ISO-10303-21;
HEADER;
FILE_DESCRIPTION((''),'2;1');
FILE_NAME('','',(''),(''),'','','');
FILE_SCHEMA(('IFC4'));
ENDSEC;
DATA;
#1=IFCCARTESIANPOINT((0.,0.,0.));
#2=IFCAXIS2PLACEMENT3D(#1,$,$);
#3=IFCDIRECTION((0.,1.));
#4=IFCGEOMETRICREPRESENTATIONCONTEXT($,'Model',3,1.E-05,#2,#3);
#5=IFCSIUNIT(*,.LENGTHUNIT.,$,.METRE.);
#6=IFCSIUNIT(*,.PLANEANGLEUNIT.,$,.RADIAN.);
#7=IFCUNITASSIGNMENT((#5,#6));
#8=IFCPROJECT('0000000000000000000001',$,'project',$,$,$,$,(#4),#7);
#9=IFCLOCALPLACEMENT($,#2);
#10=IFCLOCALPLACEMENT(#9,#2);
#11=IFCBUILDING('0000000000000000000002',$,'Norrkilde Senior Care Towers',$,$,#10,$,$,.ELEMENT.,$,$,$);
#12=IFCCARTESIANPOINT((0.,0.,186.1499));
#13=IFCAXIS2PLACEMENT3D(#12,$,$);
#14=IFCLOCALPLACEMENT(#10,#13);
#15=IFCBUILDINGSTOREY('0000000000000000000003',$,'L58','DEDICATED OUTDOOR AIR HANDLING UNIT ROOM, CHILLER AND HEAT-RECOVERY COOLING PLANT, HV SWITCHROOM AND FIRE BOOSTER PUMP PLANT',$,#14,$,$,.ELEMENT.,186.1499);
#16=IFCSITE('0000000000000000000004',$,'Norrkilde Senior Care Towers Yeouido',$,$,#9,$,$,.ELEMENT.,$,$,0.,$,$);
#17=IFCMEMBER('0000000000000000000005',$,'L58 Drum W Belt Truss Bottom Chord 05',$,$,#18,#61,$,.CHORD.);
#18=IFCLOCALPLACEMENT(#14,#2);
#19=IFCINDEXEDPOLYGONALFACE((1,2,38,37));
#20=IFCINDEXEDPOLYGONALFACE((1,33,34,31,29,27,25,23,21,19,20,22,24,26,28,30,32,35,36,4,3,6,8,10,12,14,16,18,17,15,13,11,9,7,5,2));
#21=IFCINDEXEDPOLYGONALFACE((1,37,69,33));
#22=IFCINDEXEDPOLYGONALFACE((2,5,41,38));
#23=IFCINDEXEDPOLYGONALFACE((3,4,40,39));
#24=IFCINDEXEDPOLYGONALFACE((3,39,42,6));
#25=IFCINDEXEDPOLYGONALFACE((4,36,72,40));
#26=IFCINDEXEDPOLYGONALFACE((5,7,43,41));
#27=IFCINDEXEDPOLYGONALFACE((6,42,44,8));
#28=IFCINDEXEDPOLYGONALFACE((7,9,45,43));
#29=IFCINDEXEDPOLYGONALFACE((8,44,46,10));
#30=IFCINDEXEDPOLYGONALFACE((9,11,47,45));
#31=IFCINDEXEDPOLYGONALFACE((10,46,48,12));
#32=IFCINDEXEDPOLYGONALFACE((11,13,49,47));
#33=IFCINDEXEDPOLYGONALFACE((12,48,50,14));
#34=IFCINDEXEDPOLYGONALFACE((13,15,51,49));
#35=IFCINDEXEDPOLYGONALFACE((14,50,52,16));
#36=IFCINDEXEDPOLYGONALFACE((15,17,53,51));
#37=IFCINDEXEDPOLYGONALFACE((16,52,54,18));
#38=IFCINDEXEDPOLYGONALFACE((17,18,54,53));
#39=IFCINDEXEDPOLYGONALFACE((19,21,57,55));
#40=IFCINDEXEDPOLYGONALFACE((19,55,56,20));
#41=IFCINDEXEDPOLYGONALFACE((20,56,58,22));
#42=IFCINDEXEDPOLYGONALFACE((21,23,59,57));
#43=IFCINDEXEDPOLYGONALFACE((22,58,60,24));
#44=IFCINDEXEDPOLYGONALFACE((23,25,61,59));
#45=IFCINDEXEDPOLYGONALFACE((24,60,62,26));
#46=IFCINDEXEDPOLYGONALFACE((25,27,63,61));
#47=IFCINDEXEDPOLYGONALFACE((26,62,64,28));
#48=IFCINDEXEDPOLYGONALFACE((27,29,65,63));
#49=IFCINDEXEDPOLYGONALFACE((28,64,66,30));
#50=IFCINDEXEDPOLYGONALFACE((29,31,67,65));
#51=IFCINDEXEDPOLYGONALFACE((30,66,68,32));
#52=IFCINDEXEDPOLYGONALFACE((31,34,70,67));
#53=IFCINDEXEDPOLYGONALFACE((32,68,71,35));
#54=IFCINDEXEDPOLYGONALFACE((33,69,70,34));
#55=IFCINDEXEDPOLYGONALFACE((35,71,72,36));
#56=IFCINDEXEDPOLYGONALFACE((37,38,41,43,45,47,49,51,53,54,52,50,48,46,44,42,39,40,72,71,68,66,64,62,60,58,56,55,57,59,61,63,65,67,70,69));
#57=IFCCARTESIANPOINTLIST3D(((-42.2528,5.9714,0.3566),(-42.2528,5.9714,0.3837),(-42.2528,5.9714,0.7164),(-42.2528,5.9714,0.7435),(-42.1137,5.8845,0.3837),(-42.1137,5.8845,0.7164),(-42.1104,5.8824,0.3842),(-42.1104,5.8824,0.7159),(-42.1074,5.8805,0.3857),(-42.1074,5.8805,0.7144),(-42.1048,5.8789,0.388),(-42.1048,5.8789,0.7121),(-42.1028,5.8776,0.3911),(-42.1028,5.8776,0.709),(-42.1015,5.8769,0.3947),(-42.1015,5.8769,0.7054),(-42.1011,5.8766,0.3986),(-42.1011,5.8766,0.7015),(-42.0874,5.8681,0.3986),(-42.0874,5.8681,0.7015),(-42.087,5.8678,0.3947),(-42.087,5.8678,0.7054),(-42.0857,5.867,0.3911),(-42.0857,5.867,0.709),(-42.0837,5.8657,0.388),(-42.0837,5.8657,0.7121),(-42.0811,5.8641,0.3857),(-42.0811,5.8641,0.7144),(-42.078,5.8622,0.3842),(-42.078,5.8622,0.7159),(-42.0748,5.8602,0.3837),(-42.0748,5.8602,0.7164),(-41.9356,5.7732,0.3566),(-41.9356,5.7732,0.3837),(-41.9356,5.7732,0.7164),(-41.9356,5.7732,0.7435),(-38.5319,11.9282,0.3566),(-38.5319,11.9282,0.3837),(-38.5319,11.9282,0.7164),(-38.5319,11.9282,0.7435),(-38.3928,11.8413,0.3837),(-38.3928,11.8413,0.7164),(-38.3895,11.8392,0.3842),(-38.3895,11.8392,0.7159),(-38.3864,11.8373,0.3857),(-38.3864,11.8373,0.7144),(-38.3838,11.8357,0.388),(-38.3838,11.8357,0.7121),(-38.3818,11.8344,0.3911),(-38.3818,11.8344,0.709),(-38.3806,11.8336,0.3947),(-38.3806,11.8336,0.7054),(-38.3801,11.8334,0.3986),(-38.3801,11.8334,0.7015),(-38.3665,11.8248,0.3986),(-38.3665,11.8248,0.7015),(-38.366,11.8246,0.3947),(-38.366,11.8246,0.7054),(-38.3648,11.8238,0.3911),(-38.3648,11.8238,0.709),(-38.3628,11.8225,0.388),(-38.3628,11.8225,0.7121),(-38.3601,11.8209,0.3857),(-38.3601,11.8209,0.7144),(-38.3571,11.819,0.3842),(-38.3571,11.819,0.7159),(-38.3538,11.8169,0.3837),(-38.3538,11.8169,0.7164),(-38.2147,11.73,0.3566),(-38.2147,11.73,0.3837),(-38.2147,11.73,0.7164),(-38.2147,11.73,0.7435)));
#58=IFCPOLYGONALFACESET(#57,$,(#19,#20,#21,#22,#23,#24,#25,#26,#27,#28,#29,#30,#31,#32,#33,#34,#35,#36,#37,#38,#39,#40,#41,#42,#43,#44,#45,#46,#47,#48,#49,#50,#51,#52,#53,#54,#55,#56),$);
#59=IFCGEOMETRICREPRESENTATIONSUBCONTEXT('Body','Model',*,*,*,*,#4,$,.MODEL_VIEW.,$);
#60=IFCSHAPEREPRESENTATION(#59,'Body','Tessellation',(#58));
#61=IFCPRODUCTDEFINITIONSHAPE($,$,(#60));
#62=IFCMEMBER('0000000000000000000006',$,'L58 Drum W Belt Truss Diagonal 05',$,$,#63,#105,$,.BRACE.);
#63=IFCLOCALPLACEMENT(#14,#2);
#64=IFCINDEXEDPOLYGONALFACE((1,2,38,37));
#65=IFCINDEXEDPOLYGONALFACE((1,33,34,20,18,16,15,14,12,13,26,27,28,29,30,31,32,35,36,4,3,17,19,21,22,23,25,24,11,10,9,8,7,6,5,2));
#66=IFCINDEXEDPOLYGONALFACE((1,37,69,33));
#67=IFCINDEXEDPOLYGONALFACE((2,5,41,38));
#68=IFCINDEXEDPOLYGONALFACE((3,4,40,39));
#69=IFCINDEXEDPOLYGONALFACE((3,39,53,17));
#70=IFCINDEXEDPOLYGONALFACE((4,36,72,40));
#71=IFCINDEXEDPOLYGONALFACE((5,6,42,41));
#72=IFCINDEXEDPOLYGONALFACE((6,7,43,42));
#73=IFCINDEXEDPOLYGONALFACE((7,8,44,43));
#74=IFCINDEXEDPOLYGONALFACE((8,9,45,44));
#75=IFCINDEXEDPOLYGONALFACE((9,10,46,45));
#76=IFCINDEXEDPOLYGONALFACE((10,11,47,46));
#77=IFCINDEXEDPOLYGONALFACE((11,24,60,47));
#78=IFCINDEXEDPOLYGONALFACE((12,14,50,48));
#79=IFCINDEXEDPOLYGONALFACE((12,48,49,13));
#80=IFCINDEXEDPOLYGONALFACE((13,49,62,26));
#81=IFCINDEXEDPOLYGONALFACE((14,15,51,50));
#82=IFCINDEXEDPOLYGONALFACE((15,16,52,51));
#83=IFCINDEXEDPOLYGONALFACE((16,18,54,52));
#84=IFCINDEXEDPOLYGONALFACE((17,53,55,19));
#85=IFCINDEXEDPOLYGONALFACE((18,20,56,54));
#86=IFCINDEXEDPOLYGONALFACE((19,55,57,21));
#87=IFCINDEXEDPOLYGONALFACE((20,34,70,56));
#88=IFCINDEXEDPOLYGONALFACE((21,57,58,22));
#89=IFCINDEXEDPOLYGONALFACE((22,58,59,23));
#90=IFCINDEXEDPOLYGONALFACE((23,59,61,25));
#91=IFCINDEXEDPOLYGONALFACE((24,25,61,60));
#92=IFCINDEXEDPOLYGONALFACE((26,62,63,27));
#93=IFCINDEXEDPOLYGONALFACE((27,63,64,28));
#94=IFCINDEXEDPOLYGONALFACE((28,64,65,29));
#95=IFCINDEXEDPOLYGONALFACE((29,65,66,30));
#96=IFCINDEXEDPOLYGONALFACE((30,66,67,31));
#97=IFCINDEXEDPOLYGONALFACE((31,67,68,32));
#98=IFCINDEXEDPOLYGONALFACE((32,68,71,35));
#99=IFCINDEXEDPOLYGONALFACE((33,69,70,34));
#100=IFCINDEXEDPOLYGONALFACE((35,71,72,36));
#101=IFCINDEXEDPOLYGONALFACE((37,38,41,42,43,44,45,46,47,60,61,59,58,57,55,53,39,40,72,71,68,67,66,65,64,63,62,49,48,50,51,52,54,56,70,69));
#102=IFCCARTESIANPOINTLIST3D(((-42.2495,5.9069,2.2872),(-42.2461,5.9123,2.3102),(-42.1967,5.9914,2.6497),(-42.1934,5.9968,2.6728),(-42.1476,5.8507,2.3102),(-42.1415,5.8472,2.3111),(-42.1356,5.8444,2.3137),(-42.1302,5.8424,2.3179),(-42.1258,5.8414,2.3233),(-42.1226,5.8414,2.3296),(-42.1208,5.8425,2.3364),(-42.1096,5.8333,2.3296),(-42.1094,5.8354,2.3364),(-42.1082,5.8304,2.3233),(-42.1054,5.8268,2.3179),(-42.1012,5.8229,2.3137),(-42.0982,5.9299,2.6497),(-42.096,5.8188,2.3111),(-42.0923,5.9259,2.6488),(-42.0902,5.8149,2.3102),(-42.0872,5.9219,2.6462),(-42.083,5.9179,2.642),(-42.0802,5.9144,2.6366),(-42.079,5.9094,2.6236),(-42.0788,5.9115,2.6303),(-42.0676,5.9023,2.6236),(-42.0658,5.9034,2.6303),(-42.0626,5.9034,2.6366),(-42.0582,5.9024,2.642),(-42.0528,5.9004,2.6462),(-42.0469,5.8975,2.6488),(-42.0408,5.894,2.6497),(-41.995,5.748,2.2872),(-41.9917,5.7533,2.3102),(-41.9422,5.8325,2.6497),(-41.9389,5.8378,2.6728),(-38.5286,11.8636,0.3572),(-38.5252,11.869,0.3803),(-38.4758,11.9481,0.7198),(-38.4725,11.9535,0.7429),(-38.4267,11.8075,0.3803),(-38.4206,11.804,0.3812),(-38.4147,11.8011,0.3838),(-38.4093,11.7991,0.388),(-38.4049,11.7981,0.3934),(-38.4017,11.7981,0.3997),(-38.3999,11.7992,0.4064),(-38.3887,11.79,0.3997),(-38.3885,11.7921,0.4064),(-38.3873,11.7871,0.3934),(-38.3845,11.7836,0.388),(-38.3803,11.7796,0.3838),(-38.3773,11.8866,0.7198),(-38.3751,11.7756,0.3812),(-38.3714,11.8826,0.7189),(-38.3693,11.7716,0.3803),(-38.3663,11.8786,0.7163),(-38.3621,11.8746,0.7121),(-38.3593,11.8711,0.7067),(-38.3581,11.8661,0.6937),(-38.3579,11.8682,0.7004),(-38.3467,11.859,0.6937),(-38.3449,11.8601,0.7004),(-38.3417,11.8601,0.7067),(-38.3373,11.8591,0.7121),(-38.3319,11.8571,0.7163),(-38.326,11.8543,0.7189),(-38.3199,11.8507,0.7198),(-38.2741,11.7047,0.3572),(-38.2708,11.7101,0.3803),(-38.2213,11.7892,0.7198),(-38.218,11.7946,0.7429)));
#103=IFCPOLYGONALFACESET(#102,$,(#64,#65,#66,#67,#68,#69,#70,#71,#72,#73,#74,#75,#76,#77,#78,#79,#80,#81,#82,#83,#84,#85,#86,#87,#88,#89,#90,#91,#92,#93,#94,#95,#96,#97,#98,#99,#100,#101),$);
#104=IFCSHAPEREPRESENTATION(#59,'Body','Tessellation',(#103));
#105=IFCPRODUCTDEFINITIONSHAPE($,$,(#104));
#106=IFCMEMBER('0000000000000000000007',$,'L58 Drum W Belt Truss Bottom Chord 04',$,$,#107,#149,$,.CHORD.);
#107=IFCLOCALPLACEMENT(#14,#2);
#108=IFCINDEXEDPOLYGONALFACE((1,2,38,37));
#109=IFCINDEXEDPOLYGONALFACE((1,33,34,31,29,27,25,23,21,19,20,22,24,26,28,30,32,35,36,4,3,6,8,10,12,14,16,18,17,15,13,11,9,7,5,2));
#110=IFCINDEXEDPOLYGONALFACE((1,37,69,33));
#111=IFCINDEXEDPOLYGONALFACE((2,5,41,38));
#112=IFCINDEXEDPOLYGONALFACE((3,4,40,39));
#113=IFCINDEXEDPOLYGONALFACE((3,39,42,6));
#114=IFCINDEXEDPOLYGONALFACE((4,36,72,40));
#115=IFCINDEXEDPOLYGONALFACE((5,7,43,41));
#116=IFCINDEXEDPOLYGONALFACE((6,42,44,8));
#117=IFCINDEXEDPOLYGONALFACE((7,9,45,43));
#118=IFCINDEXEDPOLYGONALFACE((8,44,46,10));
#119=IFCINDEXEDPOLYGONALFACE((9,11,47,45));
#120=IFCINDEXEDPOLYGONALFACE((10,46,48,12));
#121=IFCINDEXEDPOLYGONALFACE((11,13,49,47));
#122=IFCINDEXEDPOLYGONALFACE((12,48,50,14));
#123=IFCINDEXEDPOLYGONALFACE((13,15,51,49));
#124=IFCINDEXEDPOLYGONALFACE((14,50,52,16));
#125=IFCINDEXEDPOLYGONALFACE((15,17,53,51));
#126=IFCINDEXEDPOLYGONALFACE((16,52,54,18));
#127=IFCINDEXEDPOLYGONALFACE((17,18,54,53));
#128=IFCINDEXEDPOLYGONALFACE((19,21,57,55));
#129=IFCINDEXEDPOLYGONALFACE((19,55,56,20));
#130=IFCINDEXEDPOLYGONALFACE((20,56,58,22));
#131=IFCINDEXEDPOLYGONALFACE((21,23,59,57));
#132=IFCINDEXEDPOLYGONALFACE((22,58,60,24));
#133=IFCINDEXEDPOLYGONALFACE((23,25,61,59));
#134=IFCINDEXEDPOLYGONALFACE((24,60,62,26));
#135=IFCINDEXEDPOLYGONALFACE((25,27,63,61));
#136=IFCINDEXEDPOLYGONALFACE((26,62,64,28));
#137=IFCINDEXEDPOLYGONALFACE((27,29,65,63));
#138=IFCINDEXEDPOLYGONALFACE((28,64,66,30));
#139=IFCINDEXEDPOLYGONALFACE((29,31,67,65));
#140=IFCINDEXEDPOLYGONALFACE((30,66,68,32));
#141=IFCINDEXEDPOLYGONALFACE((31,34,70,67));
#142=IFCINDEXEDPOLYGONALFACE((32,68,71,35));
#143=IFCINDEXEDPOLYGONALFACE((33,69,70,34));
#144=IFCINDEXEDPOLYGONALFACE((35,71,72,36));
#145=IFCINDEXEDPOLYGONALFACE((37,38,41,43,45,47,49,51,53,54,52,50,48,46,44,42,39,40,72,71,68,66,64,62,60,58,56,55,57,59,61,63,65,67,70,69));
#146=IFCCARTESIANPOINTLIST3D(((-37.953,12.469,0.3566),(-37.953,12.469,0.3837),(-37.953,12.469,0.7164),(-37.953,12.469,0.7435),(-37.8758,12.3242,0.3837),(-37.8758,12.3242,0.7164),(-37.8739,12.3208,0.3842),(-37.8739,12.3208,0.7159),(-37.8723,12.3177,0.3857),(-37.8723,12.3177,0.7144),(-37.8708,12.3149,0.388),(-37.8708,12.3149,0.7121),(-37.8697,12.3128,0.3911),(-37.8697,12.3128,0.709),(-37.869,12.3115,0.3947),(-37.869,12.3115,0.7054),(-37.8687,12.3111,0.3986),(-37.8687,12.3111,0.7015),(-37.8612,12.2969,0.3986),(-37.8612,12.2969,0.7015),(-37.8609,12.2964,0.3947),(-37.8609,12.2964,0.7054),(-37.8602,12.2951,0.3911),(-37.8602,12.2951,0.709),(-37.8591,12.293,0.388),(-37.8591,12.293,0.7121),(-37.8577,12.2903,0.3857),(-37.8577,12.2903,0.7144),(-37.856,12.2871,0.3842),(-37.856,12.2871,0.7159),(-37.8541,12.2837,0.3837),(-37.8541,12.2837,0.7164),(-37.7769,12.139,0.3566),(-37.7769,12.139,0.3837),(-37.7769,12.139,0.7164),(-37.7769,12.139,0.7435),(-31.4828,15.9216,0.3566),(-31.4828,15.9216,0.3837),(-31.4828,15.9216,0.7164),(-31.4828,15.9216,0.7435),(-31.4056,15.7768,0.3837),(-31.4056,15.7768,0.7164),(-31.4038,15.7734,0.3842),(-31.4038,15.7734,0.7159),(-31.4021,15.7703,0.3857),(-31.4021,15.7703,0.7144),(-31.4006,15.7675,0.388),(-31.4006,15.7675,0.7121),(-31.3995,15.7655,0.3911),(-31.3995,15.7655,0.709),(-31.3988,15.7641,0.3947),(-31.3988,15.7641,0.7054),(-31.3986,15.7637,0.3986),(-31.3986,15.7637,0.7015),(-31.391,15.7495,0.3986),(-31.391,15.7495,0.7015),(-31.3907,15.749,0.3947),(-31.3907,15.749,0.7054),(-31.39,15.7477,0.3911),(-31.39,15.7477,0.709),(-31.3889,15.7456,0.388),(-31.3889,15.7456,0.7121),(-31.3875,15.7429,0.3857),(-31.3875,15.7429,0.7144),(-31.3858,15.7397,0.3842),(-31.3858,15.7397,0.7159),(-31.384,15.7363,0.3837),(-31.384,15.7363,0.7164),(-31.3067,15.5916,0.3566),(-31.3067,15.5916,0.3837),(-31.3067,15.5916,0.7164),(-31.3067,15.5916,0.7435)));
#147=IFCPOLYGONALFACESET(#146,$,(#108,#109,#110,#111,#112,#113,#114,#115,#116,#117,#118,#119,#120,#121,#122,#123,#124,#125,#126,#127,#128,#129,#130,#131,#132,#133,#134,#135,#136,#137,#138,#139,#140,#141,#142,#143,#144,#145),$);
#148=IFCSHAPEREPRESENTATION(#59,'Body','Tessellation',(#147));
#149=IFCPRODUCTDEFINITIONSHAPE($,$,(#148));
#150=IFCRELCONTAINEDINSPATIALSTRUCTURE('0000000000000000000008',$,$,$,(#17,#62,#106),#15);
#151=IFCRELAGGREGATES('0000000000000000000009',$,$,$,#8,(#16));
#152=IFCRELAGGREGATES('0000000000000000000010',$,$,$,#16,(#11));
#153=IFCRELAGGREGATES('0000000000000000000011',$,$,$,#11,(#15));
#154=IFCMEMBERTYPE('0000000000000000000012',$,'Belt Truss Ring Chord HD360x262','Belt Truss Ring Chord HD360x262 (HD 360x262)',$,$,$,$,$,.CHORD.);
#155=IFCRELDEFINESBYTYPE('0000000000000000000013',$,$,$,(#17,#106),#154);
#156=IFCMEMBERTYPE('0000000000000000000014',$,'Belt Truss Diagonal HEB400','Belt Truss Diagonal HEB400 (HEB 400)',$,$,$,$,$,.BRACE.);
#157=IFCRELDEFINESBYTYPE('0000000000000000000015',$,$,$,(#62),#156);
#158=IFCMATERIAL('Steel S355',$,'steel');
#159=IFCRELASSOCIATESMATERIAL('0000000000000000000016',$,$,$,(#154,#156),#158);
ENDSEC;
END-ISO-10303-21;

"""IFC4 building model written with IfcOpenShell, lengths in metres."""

from ifc_helpers import new_model, si_unit, direction, frame, origin, origin_2d, place, context, subcontext, project, spatial, i_section, extrude, source, transform, mapped, material, material_profile, profile_set, type_object, type_shapes, element, save


model = new_model("IFC4")

# Units and contexts
model_context = context("Model", 3, precision=1e-05, world=origin(), true_north=direction((0.0, 1.0)))
body_context = subcontext(model_context, "Body", "Model", "MODEL_VIEW")
ifc_project = project(units=[si_unit("LENGTHUNIT", "METRE"), si_unit("PLANEANGLEUNIT", "RADIAN")], contexts=[model_context])

# Site, building, storey
site_placement = place(None, origin())
site = spatial("IfcSite", under=ifc_project, at=site_placement, Name="Norrkilde Senior Care Towers Yeouido", CompositionType="ELEMENT", RefElevation=0.0)
building_placement = place(site_placement, origin())
building = spatial("IfcBuilding", under=site, at=building_placement, Name="Norrkilde Senior Care Towers", CompositionType="ELEMENT")
storey_placement = place(building_placement, frame((0.0, 0.0, 186.1499)))
storey = spatial("IfcBuildingStorey", under=building, at=storey_placement, Name="L58", Description="DEDICATED OUTDOOR AIR HANDLING UNIT ROOM, CHILLER AND HEAT-RECOVERY COOLING PLANT, HV SWITCHROOM AND FIRE BOOSTER PUMP PLANT", CompositionType="ELEMENT", Elevation=186.1499)

# Members
ifc_material_1 = material(Name="Steel S355", Category="steel")
ifc_material_profile_1 = material_profile(ifc_material_1, i_section(OverallWidth=0.374, OverallDepth=0.387, WebThickness=0.0161, FlangeThickness=0.0271, FilletRadius=0.0149, at=origin_2d()), Name="HD 360x262")
ifc_profile_set_1 = profile_set([ifc_material_profile_1], Name="Steel S355")
member_type_1 = type_object("IfcMemberType", Name="Belt Truss Ring Chord HD360x262", Description="Belt Truss Ring Chord HD360x262 (HD 360x262)", PredefinedType="CHORD", material=ifc_profile_set_1)
shared_shape_1 = source(origin(), body_context, "Body", "SweptSolid", [
    extrude(i_section(OverallWidth=0.374, OverallDepth=0.387, WebThickness=0.0161, FlangeThickness=0.0271, FilletRadius=0.0149, at=origin_2d()), origin(), (0.0, 0.0, 1.0), 7.0234),
])
member_1_placement = place(storey_placement, frame((-38.3733, 11.8291, 0.55), z_axis=(-0.52979, -0.848129, 0.0), x_axis=(0.848129, -0.52979, 0.0)))
element("IfcMember", 1, at=member_1_placement, inside=storey, type_object=member_type_1, Name="L58 Drum W Belt Truss Bottom Chord 05", PredefinedType="CHORD", context=body_context, shape_type="MappedRepresentation", body=[
    mapped(shared_shape_1, transform((0.0, 0.0, 0.0), x_axis=(1.0, 0.0, 0.0), y_axis=(0.0, 1.0, 0.0), z_axis=(0.0, 0.0, 1.0), scale=1.0)),
])
ifc_material_profile_2 = material_profile(ifc_material_1, i_section(OverallWidth=0.3, OverallDepth=0.3999, WebThickness=0.0134, FlangeThickness=0.0239, FilletRadius=0.0271, at=origin_2d()), Name="HEB 400")
ifc_profile_set_2 = profile_set([ifc_material_profile_2], Name="Steel S355")
member_type_2 = type_object("IfcMemberType", Name="Belt Truss Diagonal HEB400", Description="Belt Truss Diagonal HEB400 (HEB 400)", PredefinedType="BRACE", material=ifc_profile_set_2)
shared_shape_2 = source(origin(), body_context, "Body", "SweptSolid", [
    extrude(i_section(OverallWidth=0.3, OverallDepth=0.3999, WebThickness=0.0134, FlangeThickness=0.0239, FilletRadius=0.0271, at=origin_2d()), origin(), (0.0, 0.0, 1.0), 7.2837),
])
member_2_placement = place(storey_placement, frame((-38.3733, 11.8291, 0.55), z_axis=(-0.510854, -0.817816, 0.264963), x_axis=(0.848129, -0.52979, 0.0)))
element("IfcMember", 2, at=member_2_placement, inside=storey, type_object=member_type_2, Name="L58 Drum W Belt Truss Diagonal 05", PredefinedType="BRACE", context=body_context, shape_type="MappedRepresentation", body=[
    mapped(shared_shape_2, transform((0.0, 0.0, 0.0), x_axis=(1.0, 0.0, 0.0), y_axis=(0.0, 1.0, 0.0), z_axis=(0.0, 0.0, 1.0), scale=1.0)),
])
shared_shape_3 = source(origin(), body_context, "Body", "SweptSolid", [
    extrude(i_section(OverallWidth=0.374, OverallDepth=0.387, WebThickness=0.0161, FlangeThickness=0.0271, FilletRadius=0.0149, at=origin_2d()), origin(), (0.0, 0.0, 1.0), 7.3337),
])
type_shapes(member_type_1, [shared_shape_1, shared_shape_3])
member_3_placement = place(storey_placement, frame((-31.3948, 15.7566, 0.55), z_axis=(-0.882248, -0.470785, 0.0), x_axis=(0.470785, -0.882248, 0.0)))
element("IfcMember", 3, at=member_3_placement, inside=storey, type_object=member_type_1, Name="L58 Drum W Belt Truss Bottom Chord 04", PredefinedType="CHORD", context=body_context, shape_type="MappedRepresentation", body=[
    mapped(shared_shape_3, transform((0.0, 0.0, 0.0), x_axis=(1.0, 0.0, 0.0), y_axis=(0.0, 1.0, 0.0), z_axis=(0.0, 0.0, 1.0), scale=1.0)),
])

save(model, "model.ifc")
